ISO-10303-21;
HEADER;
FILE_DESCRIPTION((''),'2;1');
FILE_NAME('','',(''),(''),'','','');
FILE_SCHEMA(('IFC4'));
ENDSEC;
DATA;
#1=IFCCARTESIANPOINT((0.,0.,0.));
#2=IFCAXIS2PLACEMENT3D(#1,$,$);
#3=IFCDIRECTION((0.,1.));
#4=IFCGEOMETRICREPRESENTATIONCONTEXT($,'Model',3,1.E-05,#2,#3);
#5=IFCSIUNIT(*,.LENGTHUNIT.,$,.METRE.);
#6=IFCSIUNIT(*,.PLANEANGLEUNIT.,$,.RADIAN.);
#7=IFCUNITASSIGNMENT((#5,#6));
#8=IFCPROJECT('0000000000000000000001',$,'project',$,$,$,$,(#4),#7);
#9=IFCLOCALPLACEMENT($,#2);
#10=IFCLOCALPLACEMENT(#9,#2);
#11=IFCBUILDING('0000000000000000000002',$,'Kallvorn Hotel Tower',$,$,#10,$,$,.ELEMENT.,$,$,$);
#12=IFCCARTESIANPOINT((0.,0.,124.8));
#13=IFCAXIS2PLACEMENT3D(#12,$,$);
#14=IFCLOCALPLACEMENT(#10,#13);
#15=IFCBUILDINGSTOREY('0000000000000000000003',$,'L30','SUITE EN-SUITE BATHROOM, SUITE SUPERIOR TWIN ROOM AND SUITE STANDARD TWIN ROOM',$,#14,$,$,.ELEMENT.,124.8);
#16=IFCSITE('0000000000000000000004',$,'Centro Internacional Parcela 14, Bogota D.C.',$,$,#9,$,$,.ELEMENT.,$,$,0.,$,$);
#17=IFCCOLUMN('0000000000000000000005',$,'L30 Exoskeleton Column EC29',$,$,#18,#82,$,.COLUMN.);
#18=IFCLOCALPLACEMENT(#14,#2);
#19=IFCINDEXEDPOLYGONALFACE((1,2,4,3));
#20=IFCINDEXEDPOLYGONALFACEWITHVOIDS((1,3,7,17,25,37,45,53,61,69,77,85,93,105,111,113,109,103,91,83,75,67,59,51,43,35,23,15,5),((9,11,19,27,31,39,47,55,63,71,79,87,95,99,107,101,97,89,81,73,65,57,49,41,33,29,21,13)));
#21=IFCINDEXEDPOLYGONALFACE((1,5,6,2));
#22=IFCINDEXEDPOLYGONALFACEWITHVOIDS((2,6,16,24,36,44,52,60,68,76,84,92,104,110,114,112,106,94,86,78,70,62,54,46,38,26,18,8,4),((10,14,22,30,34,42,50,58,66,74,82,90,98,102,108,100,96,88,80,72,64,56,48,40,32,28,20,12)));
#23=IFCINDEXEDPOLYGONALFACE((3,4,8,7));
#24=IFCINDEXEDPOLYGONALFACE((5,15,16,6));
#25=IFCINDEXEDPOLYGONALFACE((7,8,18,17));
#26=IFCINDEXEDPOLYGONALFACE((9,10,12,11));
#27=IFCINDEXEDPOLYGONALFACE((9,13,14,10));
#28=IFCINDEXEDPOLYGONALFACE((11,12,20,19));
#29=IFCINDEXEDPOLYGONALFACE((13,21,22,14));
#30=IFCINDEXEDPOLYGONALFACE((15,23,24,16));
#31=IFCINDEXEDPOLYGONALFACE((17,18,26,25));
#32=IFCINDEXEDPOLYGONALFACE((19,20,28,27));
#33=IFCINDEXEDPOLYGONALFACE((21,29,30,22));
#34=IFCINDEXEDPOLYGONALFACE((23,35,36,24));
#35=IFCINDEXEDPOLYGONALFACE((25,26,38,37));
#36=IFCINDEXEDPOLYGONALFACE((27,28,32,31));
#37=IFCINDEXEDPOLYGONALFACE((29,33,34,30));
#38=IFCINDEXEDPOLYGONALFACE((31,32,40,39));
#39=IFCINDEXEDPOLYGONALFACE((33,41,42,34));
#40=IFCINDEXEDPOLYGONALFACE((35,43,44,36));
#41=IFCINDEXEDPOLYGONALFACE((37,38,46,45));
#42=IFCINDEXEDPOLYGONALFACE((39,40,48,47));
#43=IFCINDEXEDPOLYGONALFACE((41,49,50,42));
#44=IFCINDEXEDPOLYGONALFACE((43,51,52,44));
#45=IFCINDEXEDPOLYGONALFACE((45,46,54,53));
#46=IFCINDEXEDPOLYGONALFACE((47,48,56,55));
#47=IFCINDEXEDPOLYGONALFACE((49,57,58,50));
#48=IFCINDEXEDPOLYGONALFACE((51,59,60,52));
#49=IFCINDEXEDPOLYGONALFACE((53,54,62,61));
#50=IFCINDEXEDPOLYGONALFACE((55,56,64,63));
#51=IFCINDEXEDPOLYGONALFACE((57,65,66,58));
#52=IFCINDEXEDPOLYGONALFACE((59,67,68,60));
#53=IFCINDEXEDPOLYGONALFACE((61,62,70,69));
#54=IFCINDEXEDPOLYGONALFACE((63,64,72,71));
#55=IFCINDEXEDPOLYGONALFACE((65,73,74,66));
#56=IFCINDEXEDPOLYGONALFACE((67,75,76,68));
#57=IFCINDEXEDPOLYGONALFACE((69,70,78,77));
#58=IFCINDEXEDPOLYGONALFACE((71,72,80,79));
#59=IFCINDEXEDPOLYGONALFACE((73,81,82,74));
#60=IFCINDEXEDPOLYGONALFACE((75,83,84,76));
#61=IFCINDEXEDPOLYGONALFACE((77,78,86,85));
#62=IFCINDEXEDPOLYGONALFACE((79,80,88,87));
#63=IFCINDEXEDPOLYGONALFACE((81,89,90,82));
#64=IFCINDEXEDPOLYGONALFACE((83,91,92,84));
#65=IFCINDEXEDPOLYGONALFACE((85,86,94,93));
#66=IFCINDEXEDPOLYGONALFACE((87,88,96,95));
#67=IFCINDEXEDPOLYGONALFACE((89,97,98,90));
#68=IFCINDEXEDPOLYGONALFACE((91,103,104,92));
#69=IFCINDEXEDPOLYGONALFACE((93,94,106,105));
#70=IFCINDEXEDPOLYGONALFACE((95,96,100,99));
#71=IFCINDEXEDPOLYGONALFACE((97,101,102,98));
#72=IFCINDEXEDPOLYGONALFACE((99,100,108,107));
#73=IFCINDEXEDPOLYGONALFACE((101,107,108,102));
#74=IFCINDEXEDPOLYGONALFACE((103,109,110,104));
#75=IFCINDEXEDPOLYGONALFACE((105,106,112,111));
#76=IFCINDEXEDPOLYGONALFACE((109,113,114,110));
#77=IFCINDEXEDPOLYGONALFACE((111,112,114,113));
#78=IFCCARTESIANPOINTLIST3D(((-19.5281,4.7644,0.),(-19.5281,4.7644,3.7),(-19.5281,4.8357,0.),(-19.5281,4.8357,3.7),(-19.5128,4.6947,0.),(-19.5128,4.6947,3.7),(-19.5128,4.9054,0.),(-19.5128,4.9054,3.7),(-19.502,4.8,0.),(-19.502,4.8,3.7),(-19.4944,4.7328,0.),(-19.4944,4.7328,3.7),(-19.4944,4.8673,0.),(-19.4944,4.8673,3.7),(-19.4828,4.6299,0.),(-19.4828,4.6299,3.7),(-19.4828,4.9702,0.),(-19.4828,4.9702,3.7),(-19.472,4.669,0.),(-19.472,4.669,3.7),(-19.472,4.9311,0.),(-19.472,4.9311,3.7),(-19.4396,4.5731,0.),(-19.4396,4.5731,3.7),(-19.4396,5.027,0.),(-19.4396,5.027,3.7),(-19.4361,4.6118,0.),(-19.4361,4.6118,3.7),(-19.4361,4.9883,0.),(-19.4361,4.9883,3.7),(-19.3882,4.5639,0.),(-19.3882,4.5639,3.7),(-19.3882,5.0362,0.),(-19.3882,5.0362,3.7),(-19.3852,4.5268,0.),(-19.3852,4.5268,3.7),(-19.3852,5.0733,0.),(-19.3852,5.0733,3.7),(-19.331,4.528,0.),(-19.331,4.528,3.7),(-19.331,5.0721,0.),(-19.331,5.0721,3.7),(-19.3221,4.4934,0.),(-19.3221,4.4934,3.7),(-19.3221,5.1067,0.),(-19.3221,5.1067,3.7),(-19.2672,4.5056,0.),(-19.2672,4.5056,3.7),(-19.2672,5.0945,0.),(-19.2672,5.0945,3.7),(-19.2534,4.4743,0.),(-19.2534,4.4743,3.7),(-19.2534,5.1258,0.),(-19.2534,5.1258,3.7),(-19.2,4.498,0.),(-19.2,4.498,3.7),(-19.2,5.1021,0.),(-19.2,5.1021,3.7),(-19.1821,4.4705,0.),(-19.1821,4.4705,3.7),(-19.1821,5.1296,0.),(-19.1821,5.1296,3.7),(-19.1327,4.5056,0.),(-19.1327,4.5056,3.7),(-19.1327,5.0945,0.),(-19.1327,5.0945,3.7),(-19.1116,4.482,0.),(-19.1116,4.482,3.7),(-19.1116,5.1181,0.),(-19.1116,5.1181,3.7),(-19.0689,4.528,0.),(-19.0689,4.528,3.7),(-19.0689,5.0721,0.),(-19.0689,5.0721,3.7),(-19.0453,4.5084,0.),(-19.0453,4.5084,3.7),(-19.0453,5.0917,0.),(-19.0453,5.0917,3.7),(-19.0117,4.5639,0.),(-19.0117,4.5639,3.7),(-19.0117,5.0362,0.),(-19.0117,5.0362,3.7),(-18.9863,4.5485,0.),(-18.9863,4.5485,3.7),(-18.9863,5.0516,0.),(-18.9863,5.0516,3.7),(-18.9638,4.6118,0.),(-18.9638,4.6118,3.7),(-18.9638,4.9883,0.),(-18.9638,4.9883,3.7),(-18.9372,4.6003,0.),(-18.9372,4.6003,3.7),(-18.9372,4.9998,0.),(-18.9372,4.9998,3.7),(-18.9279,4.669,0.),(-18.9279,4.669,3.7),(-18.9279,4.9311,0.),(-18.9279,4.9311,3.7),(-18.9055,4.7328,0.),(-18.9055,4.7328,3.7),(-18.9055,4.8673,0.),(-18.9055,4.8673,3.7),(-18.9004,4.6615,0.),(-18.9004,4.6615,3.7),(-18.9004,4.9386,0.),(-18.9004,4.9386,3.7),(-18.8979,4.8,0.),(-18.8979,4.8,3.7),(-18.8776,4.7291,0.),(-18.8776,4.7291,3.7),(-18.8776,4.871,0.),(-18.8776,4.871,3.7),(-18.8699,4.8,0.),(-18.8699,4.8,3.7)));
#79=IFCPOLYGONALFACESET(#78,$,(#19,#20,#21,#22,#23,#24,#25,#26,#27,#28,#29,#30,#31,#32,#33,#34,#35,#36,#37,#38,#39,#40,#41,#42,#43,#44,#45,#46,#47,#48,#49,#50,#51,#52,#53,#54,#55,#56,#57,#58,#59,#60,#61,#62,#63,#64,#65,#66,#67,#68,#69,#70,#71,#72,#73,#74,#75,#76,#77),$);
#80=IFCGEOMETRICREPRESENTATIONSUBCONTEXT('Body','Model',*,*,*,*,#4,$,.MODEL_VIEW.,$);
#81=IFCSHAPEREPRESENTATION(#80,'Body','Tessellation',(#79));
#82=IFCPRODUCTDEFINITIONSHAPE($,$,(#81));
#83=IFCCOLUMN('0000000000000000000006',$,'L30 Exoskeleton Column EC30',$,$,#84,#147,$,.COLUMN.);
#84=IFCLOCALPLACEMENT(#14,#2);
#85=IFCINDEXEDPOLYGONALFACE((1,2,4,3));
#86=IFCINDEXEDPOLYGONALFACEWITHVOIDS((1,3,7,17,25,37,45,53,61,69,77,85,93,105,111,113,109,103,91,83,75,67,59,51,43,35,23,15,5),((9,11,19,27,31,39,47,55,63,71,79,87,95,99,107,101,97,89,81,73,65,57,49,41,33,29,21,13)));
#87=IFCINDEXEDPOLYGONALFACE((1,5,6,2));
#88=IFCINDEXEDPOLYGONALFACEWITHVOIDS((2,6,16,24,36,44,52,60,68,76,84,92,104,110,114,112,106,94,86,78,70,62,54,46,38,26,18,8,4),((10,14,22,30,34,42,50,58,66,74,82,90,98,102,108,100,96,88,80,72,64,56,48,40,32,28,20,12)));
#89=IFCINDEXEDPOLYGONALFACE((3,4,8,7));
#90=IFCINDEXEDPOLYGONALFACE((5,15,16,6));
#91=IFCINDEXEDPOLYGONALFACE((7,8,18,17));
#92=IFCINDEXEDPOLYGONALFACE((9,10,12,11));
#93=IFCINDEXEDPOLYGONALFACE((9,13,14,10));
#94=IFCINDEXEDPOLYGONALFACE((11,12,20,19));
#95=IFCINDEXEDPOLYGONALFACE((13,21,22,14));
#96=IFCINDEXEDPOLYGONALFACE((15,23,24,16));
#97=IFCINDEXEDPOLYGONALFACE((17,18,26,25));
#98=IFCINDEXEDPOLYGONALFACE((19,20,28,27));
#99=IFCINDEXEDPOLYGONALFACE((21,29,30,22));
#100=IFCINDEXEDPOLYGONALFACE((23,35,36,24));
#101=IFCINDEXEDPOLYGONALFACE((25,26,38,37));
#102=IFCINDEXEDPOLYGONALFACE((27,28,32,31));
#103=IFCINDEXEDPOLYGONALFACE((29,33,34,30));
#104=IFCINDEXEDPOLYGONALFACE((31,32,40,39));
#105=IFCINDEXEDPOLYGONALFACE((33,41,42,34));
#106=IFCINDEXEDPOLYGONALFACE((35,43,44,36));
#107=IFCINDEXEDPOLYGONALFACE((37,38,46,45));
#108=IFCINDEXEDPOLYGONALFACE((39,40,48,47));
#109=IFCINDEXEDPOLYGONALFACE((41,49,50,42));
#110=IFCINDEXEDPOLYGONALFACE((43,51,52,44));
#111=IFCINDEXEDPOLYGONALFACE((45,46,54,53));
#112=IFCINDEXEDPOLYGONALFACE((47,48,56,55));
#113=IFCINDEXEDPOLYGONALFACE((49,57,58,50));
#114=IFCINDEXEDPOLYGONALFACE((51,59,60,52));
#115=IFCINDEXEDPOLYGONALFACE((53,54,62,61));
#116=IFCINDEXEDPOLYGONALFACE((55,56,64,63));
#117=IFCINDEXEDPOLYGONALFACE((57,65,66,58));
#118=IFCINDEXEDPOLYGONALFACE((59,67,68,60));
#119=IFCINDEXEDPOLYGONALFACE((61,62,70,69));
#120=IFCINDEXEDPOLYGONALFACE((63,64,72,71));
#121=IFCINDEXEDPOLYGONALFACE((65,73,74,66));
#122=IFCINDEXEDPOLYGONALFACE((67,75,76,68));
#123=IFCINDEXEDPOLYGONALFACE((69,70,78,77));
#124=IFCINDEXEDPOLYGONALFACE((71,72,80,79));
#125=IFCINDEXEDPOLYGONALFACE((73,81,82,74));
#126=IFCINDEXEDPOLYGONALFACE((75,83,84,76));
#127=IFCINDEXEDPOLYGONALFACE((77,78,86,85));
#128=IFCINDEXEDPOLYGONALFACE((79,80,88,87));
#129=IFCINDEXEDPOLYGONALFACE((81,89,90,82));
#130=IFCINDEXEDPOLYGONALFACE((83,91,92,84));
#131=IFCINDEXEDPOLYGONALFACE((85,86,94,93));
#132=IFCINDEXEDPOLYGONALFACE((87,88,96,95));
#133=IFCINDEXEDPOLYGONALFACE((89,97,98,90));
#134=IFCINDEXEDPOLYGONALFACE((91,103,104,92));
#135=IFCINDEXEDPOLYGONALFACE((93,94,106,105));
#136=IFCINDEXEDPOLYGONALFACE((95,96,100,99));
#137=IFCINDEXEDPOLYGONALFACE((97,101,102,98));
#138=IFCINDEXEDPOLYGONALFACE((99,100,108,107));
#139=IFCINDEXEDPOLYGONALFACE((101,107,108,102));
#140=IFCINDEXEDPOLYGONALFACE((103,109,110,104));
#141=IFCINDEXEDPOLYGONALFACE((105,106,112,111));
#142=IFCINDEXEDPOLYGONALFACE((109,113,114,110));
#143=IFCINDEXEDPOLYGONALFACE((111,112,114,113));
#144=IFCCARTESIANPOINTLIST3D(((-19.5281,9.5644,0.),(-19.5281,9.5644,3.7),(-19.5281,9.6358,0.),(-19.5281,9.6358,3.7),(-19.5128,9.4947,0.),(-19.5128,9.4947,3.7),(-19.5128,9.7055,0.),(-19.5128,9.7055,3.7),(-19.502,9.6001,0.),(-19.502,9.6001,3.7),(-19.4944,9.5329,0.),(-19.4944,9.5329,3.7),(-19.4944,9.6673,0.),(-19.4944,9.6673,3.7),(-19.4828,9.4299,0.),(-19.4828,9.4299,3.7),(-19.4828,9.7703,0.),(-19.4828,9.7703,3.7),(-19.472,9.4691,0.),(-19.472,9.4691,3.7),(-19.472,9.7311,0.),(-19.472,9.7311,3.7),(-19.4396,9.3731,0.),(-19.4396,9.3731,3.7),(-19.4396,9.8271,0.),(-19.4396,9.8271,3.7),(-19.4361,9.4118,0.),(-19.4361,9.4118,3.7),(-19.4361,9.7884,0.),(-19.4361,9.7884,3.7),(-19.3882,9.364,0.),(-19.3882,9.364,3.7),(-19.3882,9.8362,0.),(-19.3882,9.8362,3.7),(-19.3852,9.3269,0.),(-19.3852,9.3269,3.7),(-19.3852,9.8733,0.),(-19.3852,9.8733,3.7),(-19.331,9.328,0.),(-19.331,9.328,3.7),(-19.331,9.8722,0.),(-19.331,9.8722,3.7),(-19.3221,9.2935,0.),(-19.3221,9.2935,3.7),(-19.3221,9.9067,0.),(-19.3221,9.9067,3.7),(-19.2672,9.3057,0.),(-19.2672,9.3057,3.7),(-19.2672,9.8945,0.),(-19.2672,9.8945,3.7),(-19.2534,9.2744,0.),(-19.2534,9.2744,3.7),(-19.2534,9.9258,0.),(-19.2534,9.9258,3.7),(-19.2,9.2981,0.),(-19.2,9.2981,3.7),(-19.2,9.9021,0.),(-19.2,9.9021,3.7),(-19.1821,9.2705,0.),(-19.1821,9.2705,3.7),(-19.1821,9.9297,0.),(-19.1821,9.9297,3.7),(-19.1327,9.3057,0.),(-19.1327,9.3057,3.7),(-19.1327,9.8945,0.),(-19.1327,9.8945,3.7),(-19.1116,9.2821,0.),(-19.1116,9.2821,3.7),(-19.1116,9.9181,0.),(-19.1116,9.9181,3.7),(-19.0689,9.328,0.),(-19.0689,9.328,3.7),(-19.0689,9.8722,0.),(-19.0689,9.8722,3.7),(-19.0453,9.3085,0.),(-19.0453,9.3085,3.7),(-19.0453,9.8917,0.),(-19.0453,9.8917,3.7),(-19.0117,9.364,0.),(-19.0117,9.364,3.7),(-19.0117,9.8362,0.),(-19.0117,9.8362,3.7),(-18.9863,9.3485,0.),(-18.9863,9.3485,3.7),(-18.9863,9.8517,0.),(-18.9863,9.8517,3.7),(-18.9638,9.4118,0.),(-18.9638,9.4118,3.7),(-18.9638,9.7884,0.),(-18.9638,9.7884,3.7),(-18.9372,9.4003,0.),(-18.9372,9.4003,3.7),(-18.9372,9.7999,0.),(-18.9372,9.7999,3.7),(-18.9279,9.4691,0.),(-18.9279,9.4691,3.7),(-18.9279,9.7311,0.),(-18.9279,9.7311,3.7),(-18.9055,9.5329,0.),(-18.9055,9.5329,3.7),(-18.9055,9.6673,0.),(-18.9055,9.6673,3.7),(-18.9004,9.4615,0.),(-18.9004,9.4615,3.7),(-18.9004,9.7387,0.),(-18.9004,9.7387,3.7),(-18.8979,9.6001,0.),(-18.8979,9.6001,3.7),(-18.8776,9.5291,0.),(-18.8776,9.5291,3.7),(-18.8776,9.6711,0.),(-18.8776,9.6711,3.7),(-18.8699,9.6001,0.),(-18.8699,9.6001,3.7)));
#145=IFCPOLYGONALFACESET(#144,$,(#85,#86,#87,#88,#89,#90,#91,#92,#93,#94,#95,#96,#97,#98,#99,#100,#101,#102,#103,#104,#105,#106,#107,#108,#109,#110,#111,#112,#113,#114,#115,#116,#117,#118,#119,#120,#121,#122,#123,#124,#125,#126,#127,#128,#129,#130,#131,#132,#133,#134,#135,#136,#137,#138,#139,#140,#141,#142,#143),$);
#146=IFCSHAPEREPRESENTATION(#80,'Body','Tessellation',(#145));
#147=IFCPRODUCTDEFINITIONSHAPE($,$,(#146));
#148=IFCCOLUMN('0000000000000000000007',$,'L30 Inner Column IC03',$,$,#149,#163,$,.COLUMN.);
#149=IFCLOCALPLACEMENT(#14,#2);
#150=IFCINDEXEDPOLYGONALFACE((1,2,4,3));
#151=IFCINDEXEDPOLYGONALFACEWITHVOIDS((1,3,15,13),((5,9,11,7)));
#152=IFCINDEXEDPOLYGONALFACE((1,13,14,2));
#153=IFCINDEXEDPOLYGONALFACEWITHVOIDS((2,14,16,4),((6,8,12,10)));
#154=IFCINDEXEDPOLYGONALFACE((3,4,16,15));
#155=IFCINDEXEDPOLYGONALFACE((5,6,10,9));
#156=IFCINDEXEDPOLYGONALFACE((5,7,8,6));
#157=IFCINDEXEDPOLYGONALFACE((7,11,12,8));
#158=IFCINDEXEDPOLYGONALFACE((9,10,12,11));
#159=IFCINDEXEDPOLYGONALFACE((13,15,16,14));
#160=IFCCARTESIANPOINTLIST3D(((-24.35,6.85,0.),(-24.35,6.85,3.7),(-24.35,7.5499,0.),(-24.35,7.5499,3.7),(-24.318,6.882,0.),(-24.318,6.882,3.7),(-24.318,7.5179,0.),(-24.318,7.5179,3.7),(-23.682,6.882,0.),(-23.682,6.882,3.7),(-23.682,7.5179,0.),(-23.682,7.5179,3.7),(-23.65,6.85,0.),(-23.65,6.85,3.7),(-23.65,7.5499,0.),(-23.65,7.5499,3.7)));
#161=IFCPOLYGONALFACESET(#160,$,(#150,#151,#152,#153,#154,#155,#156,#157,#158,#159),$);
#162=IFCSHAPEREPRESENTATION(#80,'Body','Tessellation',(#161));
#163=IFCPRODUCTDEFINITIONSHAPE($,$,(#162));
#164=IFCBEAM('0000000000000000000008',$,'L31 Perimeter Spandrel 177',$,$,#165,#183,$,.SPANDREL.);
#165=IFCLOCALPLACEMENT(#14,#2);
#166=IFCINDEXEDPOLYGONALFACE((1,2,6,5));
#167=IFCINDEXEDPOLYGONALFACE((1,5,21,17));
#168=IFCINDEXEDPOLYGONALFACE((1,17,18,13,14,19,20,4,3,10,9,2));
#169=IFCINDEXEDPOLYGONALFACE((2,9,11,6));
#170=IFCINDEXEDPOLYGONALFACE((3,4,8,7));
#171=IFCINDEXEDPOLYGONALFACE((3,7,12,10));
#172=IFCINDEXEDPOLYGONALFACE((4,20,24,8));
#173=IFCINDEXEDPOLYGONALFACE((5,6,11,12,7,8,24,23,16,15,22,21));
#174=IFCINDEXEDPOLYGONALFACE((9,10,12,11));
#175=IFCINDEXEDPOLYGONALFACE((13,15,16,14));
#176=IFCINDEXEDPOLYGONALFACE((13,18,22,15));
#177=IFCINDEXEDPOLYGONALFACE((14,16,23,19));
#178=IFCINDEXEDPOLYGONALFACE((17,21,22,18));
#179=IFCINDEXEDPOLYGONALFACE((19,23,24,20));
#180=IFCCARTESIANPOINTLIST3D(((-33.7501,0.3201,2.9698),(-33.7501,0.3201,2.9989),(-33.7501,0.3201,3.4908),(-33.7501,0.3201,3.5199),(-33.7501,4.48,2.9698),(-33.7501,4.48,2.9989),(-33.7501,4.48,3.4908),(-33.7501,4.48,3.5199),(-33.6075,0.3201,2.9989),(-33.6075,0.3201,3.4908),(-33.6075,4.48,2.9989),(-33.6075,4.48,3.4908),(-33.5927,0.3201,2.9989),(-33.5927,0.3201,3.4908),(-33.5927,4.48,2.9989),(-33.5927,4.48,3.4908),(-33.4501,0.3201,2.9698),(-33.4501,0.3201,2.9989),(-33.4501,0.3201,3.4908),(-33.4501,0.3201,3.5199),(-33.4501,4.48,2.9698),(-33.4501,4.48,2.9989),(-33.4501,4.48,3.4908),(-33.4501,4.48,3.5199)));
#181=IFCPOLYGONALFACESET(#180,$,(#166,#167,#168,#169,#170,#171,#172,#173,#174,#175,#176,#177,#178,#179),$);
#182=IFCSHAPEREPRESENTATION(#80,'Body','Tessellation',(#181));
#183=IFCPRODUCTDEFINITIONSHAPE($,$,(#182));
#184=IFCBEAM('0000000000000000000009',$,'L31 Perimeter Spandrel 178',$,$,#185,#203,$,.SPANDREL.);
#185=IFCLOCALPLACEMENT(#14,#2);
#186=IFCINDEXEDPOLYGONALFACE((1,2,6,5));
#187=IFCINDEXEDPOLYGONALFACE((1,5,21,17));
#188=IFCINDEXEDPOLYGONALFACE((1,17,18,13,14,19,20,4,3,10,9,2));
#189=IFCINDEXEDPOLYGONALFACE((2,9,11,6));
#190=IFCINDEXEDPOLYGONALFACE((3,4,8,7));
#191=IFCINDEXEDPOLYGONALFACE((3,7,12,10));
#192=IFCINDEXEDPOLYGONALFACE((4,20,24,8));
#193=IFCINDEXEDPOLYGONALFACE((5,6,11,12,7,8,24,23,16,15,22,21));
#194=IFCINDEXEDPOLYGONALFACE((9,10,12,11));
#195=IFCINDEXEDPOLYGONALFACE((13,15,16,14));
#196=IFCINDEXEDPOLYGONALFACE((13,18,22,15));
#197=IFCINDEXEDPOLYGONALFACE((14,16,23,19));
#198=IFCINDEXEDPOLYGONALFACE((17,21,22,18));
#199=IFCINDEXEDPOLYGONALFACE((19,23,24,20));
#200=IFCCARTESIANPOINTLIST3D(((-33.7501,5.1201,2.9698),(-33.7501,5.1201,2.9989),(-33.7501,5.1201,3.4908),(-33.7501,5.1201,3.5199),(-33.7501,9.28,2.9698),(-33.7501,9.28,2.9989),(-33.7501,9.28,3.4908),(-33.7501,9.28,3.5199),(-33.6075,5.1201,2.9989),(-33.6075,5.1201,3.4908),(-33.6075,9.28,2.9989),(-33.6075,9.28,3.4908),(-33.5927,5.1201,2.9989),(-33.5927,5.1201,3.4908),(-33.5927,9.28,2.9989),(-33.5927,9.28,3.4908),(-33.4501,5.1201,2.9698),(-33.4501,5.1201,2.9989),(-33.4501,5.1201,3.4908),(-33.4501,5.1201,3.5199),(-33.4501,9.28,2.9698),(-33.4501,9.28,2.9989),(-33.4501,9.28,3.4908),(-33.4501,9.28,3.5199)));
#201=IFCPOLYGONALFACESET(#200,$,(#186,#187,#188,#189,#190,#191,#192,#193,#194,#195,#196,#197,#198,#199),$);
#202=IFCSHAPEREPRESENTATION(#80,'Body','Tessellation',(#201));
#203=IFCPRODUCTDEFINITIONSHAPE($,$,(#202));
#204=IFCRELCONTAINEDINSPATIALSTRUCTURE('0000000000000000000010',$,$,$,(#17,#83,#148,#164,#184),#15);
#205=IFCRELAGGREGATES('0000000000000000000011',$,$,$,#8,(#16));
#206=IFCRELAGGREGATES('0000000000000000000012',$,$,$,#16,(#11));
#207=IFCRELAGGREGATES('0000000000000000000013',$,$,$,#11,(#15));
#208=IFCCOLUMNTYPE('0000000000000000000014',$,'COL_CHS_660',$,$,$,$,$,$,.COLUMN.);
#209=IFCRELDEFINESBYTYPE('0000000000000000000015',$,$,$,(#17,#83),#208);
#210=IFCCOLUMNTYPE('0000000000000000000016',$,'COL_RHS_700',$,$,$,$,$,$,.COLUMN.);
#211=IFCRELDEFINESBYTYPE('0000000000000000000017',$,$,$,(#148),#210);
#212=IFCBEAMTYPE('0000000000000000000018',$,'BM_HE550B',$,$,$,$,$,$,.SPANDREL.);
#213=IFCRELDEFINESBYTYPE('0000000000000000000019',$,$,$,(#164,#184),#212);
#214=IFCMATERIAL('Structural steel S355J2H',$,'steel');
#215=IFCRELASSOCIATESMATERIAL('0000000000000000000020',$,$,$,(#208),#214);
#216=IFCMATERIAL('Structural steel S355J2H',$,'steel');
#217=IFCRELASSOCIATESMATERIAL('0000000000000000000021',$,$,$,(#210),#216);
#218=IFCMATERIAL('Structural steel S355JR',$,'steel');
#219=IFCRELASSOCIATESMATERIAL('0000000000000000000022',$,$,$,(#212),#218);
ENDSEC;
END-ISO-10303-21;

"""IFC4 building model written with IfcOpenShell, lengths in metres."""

from ifc_helpers import new_model, si_unit, direction, frame, origin, origin_2d, place, context, subcontext, project, spatial, hollow_rectangle, hollow_circle, i_section, extrude, material, material_profile, profile_set, type_object, element, save


model = new_model("IFC4")

# Units and contexts
model_context = context("Model", 3, precision=1e-05, world=origin(), true_north=direction((0.0, 1.0)))
body_context = subcontext(model_context, "Body", "Model", "MODEL_VIEW")
ifc_project = project(units=[si_unit("LENGTHUNIT", "METRE"), si_unit("PLANEANGLEUNIT", "RADIAN")], contexts=[model_context])

# Site, building, storey
site_placement = place(None, origin())
site = spatial("IfcSite", under=ifc_project, at=site_placement, Name="Centro Internacional Parcela 14, Bogota D.C.", CompositionType="ELEMENT", RefElevation=0.0)
building_placement = place(site_placement, origin())
building = spatial("IfcBuilding", under=site, at=building_placement, Name="Kallvorn Hotel Tower", CompositionType="ELEMENT")
storey_placement = place(building_placement, frame((0.0, 0.0, 124.8)))
storey = spatial("IfcBuildingStorey", under=building, at=storey_placement, Name="L30", Description="SUITE EN-SUITE BATHROOM, SUITE SUPERIOR TWIN ROOM AND SUITE STANDARD TWIN ROOM", CompositionType="ELEMENT", Elevation=124.8)

# Columns
ifc_material_1 = material(Name="Structural steel S355J2H", Category="steel")
ifc_material_profile_1 = material_profile(ifc_material_1, hollow_circle(Radius=0.3301, WallThickness=0.0281, at=origin_2d()), Name="CHS 660x28")
ifc_profile_set_1 = profile_set([ifc_material_profile_1], Name="Structural steel S355J2H")
column_type_1 = type_object("IfcColumnType", Name="COL_CHS_660", PredefinedType="COLUMN", material=ifc_profile_set_1)
for number, where, z_axis, x_axis, name in (
    (1, (-19.2, 4.8, 0.0), (0.0, 0.0, 1.0), (1.0, 0.0, 0.0), "L30 Exoskeleton Column EC29"),
    (2, (-19.2, 9.6001, 0.0), (0.0, 0.0, 1.0), (1.0, 0.0, 0.0), "L30 Exoskeleton Column EC30"),
):
    element("IfcColumn", number, at=place(storey_placement, frame(where, z_axis=z_axis, x_axis=x_axis)), inside=storey, type_object=column_type_1, Name=name, PredefinedType="COLUMN", context=body_context, shape_type="SweptSolid", body=[
        extrude(hollow_circle(Radius=0.3301, WallThickness=0.0281, at=origin_2d()), origin(), (0.0, 0.0, 1.0), 3.7),
    ])
ifc_material_2 = material(Name="Structural steel S355J2H", Category="steel")
ifc_material_profile_2 = material_profile(ifc_material_2, hollow_rectangle(XDim=0.7, YDim=0.7, WallThickness=0.032, at=origin_2d()), Name="RHS 700x700x32")
ifc_profile_set_2 = profile_set([ifc_material_profile_2], Name="Structural steel S355J2H")
column_type_2 = type_object("IfcColumnType", Name="COL_RHS_700", PredefinedType="COLUMN", material=ifc_profile_set_2)
column_placement = place(storey_placement, frame((-24.0, 7.2, 0.0), z_axis=(0.0, 0.0, 1.0), x_axis=(1.0, 0.0, 0.0)))
element("IfcColumn", 3, at=column_placement, inside=storey, type_object=column_type_2, Name="L30 Inner Column IC03", PredefinedType="COLUMN", context=body_context, shape_type="SweptSolid", body=[
    extrude(hollow_rectangle(XDim=0.7, YDim=0.7, WallThickness=0.032, at=origin_2d()), origin(), (0.0, 0.0, 1.0), 3.7),
])

# Beams
ifc_material_3 = material(Name="Structural steel S355JR", Category="steel")
ifc_material_profile_3 = material_profile(ifc_material_3, i_section(OverallWidth=0.3, OverallDepth=0.55, WebThickness=0.0149, FlangeThickness=0.0291, at=origin_2d()), Name="HE 550 B")
ifc_profile_set_3 = profile_set([ifc_material_profile_3], Name="Structural steel S355JR")
beam_type_1 = type_object("IfcBeamType", Name="BM_HE550B", PredefinedType="SPANDREL", material=ifc_profile_set_3)
for number, where, z_axis, x_axis, name in (
    (4, (-33.6001, 0.3201, 3.2449), (0.0, 1.0, 0.0), (-1.0, 0.0, 0.0), "L31 Perimeter Spandrel 177"),
    (5, (-33.6001, 5.1201, 3.2449), (0.0, 1.0, 0.0), (-1.0, 0.0, 0.0), "L31 Perimeter Spandrel 178"),
):
    element("IfcBeam", number, at=place(storey_placement, frame(where, z_axis=z_axis, x_axis=x_axis)), inside=storey, type_object=beam_type_1, Name=name, PredefinedType="SPANDREL", context=body_context, shape_type="SweptSolid", body=[
        extrude(i_section(OverallWidth=0.3, OverallDepth=0.55, WebThickness=0.0149, FlangeThickness=0.0291, at=origin_2d()), origin(), (0.0, 0.0, 1.0), 4.1599),
    ])

save(model, "model.ifc")
